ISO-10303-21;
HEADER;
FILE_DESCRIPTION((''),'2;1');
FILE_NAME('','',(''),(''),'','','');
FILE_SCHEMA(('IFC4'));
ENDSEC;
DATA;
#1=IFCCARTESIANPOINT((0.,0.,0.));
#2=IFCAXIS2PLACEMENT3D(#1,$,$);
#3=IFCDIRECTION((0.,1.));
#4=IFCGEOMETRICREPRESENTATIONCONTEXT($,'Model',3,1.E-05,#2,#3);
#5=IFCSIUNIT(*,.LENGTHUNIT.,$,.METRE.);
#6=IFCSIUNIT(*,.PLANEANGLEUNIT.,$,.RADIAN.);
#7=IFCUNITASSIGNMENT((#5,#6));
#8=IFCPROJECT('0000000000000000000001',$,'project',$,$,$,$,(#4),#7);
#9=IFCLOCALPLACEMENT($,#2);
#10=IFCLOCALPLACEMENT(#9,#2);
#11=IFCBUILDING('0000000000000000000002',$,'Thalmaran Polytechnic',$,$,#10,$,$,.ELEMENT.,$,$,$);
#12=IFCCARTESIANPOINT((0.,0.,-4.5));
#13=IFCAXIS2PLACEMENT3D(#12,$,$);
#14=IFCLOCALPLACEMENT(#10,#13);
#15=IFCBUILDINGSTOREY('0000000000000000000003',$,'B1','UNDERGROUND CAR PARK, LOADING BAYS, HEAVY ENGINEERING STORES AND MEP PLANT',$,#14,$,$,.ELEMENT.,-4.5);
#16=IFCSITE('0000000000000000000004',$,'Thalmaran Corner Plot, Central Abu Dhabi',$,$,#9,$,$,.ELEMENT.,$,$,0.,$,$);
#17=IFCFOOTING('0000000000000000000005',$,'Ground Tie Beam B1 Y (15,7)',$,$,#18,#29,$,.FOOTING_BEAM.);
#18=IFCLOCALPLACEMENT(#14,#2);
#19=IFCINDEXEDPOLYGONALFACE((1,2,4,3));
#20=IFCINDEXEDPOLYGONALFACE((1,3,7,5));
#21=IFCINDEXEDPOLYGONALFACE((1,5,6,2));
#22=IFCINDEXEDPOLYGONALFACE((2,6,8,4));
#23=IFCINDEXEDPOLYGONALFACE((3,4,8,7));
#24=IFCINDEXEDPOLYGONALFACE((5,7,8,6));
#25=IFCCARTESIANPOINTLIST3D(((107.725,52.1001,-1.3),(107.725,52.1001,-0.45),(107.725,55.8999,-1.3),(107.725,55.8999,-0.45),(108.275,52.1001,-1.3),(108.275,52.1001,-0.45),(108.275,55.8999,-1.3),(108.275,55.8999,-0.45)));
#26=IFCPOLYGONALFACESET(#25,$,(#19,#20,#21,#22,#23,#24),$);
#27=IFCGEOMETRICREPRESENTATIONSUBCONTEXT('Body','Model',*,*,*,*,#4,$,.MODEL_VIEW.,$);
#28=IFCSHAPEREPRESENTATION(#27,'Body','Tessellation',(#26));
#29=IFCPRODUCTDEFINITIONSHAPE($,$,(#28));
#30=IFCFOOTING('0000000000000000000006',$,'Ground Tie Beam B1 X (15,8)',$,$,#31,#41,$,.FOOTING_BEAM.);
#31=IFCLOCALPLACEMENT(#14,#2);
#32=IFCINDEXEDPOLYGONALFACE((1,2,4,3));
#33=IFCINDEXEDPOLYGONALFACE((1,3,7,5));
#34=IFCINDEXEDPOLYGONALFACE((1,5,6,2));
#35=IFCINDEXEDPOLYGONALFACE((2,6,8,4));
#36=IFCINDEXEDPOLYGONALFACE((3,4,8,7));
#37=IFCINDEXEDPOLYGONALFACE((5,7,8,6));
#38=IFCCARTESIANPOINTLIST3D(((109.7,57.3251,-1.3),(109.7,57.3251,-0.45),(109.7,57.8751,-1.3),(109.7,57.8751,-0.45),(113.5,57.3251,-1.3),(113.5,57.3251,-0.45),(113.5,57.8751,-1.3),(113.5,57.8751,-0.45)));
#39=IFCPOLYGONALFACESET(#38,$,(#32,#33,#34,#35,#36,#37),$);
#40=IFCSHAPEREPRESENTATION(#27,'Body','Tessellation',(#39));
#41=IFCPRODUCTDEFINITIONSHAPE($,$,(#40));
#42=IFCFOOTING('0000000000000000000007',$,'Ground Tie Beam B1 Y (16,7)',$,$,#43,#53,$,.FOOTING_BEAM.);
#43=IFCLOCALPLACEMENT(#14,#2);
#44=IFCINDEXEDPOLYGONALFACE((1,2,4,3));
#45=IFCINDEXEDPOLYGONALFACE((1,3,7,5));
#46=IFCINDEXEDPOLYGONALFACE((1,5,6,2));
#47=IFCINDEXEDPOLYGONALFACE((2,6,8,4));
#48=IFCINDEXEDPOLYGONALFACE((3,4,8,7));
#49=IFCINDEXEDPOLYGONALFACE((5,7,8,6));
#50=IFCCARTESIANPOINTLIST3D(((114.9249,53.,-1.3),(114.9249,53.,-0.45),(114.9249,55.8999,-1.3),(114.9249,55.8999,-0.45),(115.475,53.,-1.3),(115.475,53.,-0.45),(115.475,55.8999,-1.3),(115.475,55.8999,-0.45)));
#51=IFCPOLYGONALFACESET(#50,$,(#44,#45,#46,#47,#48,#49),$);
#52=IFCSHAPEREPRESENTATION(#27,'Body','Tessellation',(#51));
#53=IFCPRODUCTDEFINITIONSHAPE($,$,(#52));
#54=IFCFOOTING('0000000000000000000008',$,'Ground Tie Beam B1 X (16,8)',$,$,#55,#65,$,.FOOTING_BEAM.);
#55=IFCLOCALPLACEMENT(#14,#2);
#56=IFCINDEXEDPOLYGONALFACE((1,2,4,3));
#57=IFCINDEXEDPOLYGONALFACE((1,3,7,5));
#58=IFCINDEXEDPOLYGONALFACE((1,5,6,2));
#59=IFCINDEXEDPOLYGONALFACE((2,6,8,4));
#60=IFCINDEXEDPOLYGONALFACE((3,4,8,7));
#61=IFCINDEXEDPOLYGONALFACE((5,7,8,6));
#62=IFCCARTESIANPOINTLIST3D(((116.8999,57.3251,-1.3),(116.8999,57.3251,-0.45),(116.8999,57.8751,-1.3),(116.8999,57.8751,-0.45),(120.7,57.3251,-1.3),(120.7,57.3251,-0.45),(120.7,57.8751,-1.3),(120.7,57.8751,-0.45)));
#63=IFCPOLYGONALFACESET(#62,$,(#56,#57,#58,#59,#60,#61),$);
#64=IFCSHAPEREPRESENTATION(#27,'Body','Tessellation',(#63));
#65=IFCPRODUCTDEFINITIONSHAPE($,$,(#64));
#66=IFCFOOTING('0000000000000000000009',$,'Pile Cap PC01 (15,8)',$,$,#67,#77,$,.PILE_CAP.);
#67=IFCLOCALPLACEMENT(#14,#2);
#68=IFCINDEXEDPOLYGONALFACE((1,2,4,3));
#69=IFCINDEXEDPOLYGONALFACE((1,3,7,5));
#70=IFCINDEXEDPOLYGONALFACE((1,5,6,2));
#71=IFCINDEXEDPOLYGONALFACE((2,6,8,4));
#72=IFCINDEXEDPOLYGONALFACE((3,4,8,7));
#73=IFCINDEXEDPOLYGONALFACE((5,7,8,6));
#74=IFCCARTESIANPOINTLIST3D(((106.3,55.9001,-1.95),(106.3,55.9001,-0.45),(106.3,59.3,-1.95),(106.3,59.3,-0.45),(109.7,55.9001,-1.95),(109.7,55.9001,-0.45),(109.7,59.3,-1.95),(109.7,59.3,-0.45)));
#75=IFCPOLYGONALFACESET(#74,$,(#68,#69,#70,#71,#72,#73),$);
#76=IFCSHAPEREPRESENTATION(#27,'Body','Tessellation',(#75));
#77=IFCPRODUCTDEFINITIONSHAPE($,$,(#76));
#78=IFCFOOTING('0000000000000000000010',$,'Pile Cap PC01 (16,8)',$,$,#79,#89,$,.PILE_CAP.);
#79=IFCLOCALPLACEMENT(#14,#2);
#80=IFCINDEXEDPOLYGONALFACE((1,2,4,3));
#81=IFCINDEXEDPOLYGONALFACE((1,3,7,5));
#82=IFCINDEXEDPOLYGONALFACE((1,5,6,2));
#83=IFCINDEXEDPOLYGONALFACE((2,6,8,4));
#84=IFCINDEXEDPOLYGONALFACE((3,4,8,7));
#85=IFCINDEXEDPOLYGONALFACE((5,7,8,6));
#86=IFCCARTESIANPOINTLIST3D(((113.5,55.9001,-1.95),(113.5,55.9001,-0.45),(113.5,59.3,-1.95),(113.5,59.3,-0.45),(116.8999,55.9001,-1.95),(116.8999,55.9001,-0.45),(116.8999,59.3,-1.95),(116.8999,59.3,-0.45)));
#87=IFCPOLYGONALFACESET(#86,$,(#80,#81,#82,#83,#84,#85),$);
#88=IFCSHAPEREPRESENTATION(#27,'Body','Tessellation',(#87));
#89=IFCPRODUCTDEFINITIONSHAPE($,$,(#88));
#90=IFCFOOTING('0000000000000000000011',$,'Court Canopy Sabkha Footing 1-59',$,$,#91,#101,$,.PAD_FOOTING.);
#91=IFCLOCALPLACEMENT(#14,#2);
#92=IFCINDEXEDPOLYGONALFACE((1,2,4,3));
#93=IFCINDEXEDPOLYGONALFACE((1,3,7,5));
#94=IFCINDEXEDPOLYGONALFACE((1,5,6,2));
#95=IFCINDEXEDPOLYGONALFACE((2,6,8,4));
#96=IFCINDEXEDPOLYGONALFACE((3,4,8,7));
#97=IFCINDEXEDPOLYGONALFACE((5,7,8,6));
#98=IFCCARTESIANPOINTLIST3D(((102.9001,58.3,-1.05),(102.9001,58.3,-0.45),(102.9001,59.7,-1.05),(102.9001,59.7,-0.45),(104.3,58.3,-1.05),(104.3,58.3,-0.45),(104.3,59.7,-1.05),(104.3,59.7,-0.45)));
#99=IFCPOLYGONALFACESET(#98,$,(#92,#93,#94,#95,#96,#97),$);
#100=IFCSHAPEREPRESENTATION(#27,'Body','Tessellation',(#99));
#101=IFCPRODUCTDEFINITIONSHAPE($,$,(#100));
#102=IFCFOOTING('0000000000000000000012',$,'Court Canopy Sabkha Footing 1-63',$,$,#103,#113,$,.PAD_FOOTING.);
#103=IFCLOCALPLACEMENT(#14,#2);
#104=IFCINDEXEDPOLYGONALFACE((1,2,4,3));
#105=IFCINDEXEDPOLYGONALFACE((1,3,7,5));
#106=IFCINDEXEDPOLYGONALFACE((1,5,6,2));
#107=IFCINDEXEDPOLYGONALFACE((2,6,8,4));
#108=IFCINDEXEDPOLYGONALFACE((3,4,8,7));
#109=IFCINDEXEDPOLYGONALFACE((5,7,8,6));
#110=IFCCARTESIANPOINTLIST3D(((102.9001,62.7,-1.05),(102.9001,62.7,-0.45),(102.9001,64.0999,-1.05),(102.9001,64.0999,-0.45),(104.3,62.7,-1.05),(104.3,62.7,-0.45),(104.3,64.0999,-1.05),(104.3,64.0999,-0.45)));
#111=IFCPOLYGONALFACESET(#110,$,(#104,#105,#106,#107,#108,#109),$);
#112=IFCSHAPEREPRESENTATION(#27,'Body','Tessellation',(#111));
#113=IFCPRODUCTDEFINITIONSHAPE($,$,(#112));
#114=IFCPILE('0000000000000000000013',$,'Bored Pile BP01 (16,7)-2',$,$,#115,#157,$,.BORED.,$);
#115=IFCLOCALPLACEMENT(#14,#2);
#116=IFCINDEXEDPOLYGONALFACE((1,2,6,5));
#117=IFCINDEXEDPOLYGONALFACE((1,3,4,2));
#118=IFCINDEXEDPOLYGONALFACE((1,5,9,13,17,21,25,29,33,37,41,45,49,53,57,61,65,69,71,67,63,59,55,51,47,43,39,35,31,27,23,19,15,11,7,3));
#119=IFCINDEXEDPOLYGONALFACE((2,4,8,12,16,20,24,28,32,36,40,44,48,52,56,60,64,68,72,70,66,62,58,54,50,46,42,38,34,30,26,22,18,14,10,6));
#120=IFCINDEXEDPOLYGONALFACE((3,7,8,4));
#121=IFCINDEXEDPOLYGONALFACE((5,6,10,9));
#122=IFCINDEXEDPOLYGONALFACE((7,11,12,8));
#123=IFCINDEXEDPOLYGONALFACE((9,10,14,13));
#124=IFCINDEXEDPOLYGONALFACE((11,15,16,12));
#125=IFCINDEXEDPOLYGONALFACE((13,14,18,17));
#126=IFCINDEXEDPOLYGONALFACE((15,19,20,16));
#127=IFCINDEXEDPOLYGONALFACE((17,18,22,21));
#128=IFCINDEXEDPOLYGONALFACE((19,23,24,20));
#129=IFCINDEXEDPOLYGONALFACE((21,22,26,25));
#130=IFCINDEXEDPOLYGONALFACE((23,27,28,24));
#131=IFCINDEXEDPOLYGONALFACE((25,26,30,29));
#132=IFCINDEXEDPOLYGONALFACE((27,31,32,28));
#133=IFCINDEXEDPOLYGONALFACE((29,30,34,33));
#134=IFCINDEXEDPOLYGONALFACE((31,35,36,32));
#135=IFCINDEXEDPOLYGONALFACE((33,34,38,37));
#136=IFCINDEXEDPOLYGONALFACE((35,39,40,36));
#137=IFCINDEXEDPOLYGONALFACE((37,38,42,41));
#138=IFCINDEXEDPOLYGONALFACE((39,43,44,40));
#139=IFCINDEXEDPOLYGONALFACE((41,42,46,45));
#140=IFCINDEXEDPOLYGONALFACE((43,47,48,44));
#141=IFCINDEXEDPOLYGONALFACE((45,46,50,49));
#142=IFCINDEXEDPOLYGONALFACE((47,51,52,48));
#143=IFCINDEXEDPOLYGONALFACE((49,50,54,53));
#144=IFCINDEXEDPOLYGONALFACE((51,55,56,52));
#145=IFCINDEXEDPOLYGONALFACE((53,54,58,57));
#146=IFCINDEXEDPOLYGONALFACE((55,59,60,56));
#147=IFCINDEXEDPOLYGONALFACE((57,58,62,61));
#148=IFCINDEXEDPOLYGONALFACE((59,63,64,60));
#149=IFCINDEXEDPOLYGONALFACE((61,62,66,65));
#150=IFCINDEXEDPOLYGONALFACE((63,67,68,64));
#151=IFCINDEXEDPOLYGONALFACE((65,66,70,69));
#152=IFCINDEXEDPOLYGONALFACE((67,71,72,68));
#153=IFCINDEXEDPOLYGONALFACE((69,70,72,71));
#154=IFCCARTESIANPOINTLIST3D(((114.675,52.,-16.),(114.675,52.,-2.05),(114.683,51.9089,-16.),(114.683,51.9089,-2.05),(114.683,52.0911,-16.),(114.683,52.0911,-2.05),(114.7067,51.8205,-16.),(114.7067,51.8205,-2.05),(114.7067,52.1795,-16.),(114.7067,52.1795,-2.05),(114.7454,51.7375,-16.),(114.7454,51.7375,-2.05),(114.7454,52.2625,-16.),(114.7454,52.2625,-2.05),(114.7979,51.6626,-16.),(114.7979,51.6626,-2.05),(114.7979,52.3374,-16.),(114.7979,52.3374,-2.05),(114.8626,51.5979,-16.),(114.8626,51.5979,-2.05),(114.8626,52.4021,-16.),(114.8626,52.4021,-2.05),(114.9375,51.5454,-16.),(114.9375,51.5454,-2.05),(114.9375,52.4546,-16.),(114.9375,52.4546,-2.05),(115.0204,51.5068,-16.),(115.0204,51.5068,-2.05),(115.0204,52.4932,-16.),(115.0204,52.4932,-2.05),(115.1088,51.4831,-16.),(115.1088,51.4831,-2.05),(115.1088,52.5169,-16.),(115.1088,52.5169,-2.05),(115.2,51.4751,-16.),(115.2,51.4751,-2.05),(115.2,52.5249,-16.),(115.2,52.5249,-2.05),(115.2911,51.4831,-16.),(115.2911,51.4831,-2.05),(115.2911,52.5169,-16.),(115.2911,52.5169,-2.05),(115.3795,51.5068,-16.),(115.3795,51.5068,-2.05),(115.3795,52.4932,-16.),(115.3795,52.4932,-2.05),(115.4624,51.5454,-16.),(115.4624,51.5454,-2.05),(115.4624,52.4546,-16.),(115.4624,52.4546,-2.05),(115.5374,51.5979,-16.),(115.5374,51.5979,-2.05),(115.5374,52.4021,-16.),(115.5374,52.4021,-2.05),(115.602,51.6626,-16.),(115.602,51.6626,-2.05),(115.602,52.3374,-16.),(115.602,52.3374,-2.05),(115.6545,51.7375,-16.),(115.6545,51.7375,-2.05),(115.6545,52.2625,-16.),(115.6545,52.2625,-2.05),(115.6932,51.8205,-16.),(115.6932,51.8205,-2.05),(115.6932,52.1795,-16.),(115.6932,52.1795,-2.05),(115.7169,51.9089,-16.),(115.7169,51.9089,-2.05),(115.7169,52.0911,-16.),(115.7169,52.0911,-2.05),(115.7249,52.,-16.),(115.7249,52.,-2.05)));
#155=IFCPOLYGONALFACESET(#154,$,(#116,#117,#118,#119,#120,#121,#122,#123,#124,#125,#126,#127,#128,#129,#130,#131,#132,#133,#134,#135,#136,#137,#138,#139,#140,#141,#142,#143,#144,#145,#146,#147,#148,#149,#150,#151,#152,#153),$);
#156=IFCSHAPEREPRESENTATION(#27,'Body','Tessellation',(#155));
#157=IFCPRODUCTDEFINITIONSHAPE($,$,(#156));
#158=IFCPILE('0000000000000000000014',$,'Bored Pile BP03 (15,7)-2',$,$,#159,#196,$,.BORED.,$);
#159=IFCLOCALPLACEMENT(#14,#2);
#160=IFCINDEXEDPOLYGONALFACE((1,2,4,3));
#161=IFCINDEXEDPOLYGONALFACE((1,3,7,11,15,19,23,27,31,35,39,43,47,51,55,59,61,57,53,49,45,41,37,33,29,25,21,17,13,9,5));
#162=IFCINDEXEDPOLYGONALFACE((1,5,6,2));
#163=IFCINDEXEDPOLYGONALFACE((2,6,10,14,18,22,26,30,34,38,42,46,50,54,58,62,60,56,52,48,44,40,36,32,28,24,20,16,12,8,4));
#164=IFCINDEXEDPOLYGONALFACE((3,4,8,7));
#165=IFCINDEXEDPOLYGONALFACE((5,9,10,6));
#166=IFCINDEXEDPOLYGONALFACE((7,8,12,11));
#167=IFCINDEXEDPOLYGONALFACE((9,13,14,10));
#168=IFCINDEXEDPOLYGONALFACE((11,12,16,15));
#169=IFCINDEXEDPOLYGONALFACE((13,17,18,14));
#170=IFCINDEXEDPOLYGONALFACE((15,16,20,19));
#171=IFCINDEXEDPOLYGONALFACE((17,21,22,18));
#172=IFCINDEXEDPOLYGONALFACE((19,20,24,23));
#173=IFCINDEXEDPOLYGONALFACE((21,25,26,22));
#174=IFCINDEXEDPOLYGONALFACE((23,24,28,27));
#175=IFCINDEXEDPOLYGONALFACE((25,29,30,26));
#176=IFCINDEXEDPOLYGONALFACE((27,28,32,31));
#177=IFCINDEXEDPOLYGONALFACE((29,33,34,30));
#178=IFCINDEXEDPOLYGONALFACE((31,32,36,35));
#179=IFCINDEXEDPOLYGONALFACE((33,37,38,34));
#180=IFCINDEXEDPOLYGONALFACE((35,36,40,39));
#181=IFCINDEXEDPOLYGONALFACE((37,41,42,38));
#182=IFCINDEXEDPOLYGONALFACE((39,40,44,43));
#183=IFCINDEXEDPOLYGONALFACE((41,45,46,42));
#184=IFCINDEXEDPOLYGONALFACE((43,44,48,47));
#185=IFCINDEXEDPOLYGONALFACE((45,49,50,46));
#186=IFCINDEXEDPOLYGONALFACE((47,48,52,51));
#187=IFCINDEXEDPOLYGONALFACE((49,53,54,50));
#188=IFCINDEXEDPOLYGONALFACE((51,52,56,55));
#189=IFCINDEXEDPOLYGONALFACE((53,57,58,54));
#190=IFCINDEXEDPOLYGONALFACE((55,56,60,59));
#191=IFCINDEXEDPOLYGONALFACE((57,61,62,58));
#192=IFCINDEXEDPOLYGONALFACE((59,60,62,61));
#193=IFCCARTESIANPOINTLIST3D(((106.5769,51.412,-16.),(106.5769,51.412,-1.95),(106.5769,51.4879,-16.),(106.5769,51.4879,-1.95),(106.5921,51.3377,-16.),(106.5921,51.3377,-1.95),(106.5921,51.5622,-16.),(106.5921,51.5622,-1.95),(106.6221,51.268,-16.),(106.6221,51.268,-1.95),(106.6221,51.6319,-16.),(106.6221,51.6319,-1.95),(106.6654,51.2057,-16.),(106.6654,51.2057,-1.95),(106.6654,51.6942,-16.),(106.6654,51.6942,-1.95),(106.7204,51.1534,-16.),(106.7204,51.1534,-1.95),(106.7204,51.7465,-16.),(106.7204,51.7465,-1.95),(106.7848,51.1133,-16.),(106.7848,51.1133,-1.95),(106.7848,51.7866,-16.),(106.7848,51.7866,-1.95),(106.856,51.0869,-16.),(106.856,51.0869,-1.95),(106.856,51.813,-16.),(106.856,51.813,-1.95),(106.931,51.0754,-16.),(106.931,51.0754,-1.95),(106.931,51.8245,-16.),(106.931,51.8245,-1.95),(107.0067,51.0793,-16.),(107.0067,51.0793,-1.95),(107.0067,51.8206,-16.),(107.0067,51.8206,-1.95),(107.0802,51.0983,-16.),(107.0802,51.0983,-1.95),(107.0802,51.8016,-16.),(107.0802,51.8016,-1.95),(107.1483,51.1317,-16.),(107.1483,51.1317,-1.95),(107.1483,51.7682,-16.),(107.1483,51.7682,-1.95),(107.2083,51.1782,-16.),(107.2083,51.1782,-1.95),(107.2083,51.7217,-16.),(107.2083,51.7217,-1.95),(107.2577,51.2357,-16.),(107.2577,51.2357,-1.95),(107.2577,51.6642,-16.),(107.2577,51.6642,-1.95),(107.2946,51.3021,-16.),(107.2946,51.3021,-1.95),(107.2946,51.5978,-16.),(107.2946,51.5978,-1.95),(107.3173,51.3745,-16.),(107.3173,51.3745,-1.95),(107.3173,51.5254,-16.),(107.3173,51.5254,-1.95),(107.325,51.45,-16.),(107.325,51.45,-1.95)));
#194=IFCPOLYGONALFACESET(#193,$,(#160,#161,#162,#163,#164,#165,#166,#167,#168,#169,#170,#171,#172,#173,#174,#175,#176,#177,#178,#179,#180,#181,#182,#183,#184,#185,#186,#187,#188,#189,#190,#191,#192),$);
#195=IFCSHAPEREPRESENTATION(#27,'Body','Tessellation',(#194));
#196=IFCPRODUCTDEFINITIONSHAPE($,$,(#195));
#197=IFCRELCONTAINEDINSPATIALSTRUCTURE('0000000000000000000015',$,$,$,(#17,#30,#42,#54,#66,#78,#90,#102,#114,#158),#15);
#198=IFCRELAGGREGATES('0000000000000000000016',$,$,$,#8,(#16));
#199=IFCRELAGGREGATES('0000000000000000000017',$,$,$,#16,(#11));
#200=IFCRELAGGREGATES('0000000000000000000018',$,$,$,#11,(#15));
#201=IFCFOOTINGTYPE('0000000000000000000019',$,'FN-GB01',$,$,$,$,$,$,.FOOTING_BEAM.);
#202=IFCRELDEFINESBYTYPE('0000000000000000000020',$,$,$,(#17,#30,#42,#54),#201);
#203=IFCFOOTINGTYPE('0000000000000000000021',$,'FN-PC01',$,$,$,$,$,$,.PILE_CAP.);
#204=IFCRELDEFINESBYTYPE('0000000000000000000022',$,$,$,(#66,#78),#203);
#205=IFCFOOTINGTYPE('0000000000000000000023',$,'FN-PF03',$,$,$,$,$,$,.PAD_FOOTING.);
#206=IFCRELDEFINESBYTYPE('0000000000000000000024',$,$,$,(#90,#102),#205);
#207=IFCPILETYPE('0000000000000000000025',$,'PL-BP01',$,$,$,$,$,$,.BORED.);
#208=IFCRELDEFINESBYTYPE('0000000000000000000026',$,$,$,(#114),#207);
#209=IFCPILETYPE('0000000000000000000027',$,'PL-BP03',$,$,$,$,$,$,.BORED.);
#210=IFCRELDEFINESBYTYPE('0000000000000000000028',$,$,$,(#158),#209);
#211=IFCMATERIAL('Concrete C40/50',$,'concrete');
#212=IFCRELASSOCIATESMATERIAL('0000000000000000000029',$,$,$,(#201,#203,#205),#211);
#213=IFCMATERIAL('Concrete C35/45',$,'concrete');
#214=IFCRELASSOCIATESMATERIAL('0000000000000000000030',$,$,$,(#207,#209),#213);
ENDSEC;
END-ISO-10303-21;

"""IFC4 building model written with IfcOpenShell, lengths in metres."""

from ifc_helpers import new_model, si_unit, direction, frame, origin, origin_2d, place, context, subcontext, project, spatial, rectangle, circle, extrude, material, material_profile, profile_set, type_object, element, save


model = new_model("IFC4")

# Units and contexts
model_context = context("Model", 3, precision=1e-05, world=origin(), true_north=direction((0.0, 1.0)))
body_context = subcontext(model_context, "Body", "Model", "MODEL_VIEW")
ifc_project = project(units=[si_unit("LENGTHUNIT", "METRE"), si_unit("PLANEANGLEUNIT", "RADIAN")], contexts=[model_context])

# Site, building, storey
site_placement = place(None, origin())
site = spatial("IfcSite", under=ifc_project, at=site_placement, Name="Thalmaran Corner Plot, Central Abu Dhabi", CompositionType="ELEMENT", RefElevation=0.0)
building_placement = place(site_placement, origin())
building = spatial("IfcBuilding", under=site, at=building_placement, Name="Thalmaran Polytechnic", CompositionType="ELEMENT")
storey_placement = place(building_placement, frame((0.0, 0.0, -4.5)))
storey = spatial("IfcBuildingStorey", under=building, at=storey_placement, Name="B1", Description="UNDERGROUND CAR PARK, LOADING BAYS, HEAVY ENGINEERING STORES AND MEP PLANT", CompositionType="ELEMENT", Elevation=-4.5)

# Footings
ifc_material_1 = material(Name="Concrete C40/50", Category="concrete")
ifc_material_profile_1 = material_profile(ifc_material_1, rectangle(XDim=0.55, YDim=0.8501, at=origin_2d()), Name="RC 550x850")
ifc_profile_set_1 = profile_set([ifc_material_profile_1], Name="Concrete C40/50")
footing_type_1 = type_object("IfcFootingType", Name="FN-GB01", PredefinedType="FOOTING_BEAM", material=ifc_profile_set_1)
footing_1_placement = place(storey_placement, frame((108.0, 52.1001, -0.875), z_axis=(0.0, 1.0, 0.0), x_axis=(-1.0, 0.0, 0.0)))
element("IfcFooting", 1, at=footing_1_placement, inside=storey, type_object=footing_type_1, Name="Ground Tie Beam B1 Y (15,7)", PredefinedType="FOOTING_BEAM", context=body_context, shape_type="SweptSolid", body=[
    extrude(rectangle(XDim=0.55, YDim=0.8501, at=origin_2d()), origin(), (0.0, 0.0, 1.0), 3.7998),
])
footing_2_placement = place(storey_placement, frame((109.7, 57.6001, -0.875), z_axis=(1.0, 0.0, 0.0), x_axis=(0.0, 1.0, 0.0)))
element("IfcFooting", 2, at=footing_2_placement, inside=storey, type_object=footing_type_1, Name="Ground Tie Beam B1 X (15,8)", PredefinedType="FOOTING_BEAM", context=body_context, shape_type="SweptSolid", body=[
    extrude(rectangle(XDim=0.55, YDim=0.8501, at=origin_2d()), origin(), (0.0, 0.0, 1.0), 3.8),
])
footing_3_placement = place(storey_placement, frame((115.2, 53.0, -0.875), z_axis=(0.0, 1.0, 0.0), x_axis=(-1.0, 0.0, 0.0)))
element("IfcFooting", 3, at=footing_3_placement, inside=storey, type_object=footing_type_1, Name="Ground Tie Beam B1 Y (16,7)", PredefinedType="FOOTING_BEAM", context=body_context, shape_type="SweptSolid", body=[
    extrude(rectangle(XDim=0.55, YDim=0.8501, at=origin_2d()), origin(), (0.0, 0.0, 1.0), 2.8999),
])
footing_4_placement = place(storey_placement, frame((116.8999, 57.6001, -0.875), z_axis=(1.0, 0.0, 0.0), x_axis=(0.0, 1.0, 0.0)))
element("IfcFooting", 4, at=footing_4_placement, inside=storey, type_object=footing_type_1, Name="Ground Tie Beam B1 X (16,8)", PredefinedType="FOOTING_BEAM", context=body_context, shape_type="SweptSolid", body=[
    extrude(rectangle(XDim=0.55, YDim=0.8501, at=origin_2d()), origin(), (0.0, 0.0, 1.0), 3.8),
])
footing_type_2 = type_object("IfcFootingType", Name="FN-PC01", PredefinedType="PILE_CAP", material=ifc_material_1)
for number, where, z_axis, x_axis, name in (
    (5, (108.0, 57.6001, -1.95), (0.0, 0.0, 1.0), (1.0, 0.0, 0.0), "Pile Cap PC01 (15,8)"),
    (6, (115.2, 57.6001, -1.95), (0.0, 0.0, 1.0), (1.0, 0.0, 0.0), "Pile Cap PC01 (16,8)"),
):
    element("IfcFooting", number, at=place(storey_placement, frame(where, z_axis=z_axis, x_axis=x_axis)), inside=storey, type_object=footing_type_2, Name=name, PredefinedType="PILE_CAP", context=body_context, shape_type="SweptSolid", body=[
        extrude(rectangle(XDim=3.3999, YDim=3.3999, at=origin_2d()), origin(), (0.0, 0.0, 1.0), 1.5),
    ])
footing_type_3 = type_object("IfcFootingType", Name="FN-PF03", PredefinedType="PAD_FOOTING", material=ifc_material_1)
for number, where, z_axis, x_axis, name in (
    (7, (103.6001, 59.0, -1.05), (0.0, 0.0, 1.0), (1.0, 0.0, 0.0), "Court Canopy Sabkha Footing 1-59"),
    (8, (103.6001, 63.3999, -1.05), (0.0, 0.0, 1.0), (1.0, 0.0, 0.0), "Court Canopy Sabkha Footing 1-63"),
):
    element("IfcFooting", number, at=place(storey_placement, frame(where, z_axis=z_axis, x_axis=x_axis)), inside=storey, type_object=footing_type_3, Name=name, PredefinedType="PAD_FOOTING", context=body_context, shape_type="SweptSolid", body=[
        extrude(rectangle(XDim=1.3999, YDim=1.3999, at=origin_2d()), origin(), (0.0, 0.0, 1.0), 0.6001),
    ])

# Piles
ifc_material_2 = material(Name="Concrete C35/45", Category="concrete")
ifc_material_profile_2 = material_profile(ifc_material_2, circle(Radius=0.5249, at=origin_2d()), Name="RC 1050 DIA")
ifc_profile_set_2 = profile_set([ifc_material_profile_2], Name="Concrete C35/45")
pile_type_1 = type_object("IfcPileType", Name="PL-BP01", PredefinedType="BORED", material=ifc_profile_set_2)
pile_placement = place(storey_placement, frame((115.2, 52.0, -2.05), z_axis=(0.0, 0.0, -1.0), x_axis=(1.0, 0.0, 0.0)))
element("IfcPile", 9, at=pile_placement, inside=storey, type_object=pile_type_1, Name="Bored Pile BP01 (16,7)-2", PredefinedType="BORED", context=body_context, shape_type="SweptSolid", body=[
    extrude(circle(Radius=0.5249, at=origin_2d()), origin(), (0.0, 0.0, 1.0), 13.95),
])
ifc_material_profile_3 = material_profile(ifc_material_2, circle(Radius=0.375, at=origin_2d()), Name="RC 750 DIA")
ifc_profile_set_3 = profile_set([ifc_material_profile_3], Name="Concrete C35/45")
pile_type_2 = type_object("IfcPileType", Name="PL-BP03", PredefinedType="BORED", material=ifc_profile_set_3)
for number, where, z_axis, x_axis, name in (
    (10, (106.95, 51.45, -1.95), (0.0, 0.0, -1.0), (1.0, 0.0, 0.0), "Bored Pile BP03 (15,7)-2"),
):
    element("IfcPile", number, at=place(storey_placement, frame(where, z_axis=z_axis, x_axis=x_axis)), inside=storey, type_object=pile_type_2, Name=name, PredefinedType="BORED", context=body_context, shape_type="SweptSolid", body=[
        extrude(circle(Radius=0.375, at=origin_2d()), origin(), (0.0, 0.0, 1.0), 14.05),
    ])

save(model, "model.ifc")
